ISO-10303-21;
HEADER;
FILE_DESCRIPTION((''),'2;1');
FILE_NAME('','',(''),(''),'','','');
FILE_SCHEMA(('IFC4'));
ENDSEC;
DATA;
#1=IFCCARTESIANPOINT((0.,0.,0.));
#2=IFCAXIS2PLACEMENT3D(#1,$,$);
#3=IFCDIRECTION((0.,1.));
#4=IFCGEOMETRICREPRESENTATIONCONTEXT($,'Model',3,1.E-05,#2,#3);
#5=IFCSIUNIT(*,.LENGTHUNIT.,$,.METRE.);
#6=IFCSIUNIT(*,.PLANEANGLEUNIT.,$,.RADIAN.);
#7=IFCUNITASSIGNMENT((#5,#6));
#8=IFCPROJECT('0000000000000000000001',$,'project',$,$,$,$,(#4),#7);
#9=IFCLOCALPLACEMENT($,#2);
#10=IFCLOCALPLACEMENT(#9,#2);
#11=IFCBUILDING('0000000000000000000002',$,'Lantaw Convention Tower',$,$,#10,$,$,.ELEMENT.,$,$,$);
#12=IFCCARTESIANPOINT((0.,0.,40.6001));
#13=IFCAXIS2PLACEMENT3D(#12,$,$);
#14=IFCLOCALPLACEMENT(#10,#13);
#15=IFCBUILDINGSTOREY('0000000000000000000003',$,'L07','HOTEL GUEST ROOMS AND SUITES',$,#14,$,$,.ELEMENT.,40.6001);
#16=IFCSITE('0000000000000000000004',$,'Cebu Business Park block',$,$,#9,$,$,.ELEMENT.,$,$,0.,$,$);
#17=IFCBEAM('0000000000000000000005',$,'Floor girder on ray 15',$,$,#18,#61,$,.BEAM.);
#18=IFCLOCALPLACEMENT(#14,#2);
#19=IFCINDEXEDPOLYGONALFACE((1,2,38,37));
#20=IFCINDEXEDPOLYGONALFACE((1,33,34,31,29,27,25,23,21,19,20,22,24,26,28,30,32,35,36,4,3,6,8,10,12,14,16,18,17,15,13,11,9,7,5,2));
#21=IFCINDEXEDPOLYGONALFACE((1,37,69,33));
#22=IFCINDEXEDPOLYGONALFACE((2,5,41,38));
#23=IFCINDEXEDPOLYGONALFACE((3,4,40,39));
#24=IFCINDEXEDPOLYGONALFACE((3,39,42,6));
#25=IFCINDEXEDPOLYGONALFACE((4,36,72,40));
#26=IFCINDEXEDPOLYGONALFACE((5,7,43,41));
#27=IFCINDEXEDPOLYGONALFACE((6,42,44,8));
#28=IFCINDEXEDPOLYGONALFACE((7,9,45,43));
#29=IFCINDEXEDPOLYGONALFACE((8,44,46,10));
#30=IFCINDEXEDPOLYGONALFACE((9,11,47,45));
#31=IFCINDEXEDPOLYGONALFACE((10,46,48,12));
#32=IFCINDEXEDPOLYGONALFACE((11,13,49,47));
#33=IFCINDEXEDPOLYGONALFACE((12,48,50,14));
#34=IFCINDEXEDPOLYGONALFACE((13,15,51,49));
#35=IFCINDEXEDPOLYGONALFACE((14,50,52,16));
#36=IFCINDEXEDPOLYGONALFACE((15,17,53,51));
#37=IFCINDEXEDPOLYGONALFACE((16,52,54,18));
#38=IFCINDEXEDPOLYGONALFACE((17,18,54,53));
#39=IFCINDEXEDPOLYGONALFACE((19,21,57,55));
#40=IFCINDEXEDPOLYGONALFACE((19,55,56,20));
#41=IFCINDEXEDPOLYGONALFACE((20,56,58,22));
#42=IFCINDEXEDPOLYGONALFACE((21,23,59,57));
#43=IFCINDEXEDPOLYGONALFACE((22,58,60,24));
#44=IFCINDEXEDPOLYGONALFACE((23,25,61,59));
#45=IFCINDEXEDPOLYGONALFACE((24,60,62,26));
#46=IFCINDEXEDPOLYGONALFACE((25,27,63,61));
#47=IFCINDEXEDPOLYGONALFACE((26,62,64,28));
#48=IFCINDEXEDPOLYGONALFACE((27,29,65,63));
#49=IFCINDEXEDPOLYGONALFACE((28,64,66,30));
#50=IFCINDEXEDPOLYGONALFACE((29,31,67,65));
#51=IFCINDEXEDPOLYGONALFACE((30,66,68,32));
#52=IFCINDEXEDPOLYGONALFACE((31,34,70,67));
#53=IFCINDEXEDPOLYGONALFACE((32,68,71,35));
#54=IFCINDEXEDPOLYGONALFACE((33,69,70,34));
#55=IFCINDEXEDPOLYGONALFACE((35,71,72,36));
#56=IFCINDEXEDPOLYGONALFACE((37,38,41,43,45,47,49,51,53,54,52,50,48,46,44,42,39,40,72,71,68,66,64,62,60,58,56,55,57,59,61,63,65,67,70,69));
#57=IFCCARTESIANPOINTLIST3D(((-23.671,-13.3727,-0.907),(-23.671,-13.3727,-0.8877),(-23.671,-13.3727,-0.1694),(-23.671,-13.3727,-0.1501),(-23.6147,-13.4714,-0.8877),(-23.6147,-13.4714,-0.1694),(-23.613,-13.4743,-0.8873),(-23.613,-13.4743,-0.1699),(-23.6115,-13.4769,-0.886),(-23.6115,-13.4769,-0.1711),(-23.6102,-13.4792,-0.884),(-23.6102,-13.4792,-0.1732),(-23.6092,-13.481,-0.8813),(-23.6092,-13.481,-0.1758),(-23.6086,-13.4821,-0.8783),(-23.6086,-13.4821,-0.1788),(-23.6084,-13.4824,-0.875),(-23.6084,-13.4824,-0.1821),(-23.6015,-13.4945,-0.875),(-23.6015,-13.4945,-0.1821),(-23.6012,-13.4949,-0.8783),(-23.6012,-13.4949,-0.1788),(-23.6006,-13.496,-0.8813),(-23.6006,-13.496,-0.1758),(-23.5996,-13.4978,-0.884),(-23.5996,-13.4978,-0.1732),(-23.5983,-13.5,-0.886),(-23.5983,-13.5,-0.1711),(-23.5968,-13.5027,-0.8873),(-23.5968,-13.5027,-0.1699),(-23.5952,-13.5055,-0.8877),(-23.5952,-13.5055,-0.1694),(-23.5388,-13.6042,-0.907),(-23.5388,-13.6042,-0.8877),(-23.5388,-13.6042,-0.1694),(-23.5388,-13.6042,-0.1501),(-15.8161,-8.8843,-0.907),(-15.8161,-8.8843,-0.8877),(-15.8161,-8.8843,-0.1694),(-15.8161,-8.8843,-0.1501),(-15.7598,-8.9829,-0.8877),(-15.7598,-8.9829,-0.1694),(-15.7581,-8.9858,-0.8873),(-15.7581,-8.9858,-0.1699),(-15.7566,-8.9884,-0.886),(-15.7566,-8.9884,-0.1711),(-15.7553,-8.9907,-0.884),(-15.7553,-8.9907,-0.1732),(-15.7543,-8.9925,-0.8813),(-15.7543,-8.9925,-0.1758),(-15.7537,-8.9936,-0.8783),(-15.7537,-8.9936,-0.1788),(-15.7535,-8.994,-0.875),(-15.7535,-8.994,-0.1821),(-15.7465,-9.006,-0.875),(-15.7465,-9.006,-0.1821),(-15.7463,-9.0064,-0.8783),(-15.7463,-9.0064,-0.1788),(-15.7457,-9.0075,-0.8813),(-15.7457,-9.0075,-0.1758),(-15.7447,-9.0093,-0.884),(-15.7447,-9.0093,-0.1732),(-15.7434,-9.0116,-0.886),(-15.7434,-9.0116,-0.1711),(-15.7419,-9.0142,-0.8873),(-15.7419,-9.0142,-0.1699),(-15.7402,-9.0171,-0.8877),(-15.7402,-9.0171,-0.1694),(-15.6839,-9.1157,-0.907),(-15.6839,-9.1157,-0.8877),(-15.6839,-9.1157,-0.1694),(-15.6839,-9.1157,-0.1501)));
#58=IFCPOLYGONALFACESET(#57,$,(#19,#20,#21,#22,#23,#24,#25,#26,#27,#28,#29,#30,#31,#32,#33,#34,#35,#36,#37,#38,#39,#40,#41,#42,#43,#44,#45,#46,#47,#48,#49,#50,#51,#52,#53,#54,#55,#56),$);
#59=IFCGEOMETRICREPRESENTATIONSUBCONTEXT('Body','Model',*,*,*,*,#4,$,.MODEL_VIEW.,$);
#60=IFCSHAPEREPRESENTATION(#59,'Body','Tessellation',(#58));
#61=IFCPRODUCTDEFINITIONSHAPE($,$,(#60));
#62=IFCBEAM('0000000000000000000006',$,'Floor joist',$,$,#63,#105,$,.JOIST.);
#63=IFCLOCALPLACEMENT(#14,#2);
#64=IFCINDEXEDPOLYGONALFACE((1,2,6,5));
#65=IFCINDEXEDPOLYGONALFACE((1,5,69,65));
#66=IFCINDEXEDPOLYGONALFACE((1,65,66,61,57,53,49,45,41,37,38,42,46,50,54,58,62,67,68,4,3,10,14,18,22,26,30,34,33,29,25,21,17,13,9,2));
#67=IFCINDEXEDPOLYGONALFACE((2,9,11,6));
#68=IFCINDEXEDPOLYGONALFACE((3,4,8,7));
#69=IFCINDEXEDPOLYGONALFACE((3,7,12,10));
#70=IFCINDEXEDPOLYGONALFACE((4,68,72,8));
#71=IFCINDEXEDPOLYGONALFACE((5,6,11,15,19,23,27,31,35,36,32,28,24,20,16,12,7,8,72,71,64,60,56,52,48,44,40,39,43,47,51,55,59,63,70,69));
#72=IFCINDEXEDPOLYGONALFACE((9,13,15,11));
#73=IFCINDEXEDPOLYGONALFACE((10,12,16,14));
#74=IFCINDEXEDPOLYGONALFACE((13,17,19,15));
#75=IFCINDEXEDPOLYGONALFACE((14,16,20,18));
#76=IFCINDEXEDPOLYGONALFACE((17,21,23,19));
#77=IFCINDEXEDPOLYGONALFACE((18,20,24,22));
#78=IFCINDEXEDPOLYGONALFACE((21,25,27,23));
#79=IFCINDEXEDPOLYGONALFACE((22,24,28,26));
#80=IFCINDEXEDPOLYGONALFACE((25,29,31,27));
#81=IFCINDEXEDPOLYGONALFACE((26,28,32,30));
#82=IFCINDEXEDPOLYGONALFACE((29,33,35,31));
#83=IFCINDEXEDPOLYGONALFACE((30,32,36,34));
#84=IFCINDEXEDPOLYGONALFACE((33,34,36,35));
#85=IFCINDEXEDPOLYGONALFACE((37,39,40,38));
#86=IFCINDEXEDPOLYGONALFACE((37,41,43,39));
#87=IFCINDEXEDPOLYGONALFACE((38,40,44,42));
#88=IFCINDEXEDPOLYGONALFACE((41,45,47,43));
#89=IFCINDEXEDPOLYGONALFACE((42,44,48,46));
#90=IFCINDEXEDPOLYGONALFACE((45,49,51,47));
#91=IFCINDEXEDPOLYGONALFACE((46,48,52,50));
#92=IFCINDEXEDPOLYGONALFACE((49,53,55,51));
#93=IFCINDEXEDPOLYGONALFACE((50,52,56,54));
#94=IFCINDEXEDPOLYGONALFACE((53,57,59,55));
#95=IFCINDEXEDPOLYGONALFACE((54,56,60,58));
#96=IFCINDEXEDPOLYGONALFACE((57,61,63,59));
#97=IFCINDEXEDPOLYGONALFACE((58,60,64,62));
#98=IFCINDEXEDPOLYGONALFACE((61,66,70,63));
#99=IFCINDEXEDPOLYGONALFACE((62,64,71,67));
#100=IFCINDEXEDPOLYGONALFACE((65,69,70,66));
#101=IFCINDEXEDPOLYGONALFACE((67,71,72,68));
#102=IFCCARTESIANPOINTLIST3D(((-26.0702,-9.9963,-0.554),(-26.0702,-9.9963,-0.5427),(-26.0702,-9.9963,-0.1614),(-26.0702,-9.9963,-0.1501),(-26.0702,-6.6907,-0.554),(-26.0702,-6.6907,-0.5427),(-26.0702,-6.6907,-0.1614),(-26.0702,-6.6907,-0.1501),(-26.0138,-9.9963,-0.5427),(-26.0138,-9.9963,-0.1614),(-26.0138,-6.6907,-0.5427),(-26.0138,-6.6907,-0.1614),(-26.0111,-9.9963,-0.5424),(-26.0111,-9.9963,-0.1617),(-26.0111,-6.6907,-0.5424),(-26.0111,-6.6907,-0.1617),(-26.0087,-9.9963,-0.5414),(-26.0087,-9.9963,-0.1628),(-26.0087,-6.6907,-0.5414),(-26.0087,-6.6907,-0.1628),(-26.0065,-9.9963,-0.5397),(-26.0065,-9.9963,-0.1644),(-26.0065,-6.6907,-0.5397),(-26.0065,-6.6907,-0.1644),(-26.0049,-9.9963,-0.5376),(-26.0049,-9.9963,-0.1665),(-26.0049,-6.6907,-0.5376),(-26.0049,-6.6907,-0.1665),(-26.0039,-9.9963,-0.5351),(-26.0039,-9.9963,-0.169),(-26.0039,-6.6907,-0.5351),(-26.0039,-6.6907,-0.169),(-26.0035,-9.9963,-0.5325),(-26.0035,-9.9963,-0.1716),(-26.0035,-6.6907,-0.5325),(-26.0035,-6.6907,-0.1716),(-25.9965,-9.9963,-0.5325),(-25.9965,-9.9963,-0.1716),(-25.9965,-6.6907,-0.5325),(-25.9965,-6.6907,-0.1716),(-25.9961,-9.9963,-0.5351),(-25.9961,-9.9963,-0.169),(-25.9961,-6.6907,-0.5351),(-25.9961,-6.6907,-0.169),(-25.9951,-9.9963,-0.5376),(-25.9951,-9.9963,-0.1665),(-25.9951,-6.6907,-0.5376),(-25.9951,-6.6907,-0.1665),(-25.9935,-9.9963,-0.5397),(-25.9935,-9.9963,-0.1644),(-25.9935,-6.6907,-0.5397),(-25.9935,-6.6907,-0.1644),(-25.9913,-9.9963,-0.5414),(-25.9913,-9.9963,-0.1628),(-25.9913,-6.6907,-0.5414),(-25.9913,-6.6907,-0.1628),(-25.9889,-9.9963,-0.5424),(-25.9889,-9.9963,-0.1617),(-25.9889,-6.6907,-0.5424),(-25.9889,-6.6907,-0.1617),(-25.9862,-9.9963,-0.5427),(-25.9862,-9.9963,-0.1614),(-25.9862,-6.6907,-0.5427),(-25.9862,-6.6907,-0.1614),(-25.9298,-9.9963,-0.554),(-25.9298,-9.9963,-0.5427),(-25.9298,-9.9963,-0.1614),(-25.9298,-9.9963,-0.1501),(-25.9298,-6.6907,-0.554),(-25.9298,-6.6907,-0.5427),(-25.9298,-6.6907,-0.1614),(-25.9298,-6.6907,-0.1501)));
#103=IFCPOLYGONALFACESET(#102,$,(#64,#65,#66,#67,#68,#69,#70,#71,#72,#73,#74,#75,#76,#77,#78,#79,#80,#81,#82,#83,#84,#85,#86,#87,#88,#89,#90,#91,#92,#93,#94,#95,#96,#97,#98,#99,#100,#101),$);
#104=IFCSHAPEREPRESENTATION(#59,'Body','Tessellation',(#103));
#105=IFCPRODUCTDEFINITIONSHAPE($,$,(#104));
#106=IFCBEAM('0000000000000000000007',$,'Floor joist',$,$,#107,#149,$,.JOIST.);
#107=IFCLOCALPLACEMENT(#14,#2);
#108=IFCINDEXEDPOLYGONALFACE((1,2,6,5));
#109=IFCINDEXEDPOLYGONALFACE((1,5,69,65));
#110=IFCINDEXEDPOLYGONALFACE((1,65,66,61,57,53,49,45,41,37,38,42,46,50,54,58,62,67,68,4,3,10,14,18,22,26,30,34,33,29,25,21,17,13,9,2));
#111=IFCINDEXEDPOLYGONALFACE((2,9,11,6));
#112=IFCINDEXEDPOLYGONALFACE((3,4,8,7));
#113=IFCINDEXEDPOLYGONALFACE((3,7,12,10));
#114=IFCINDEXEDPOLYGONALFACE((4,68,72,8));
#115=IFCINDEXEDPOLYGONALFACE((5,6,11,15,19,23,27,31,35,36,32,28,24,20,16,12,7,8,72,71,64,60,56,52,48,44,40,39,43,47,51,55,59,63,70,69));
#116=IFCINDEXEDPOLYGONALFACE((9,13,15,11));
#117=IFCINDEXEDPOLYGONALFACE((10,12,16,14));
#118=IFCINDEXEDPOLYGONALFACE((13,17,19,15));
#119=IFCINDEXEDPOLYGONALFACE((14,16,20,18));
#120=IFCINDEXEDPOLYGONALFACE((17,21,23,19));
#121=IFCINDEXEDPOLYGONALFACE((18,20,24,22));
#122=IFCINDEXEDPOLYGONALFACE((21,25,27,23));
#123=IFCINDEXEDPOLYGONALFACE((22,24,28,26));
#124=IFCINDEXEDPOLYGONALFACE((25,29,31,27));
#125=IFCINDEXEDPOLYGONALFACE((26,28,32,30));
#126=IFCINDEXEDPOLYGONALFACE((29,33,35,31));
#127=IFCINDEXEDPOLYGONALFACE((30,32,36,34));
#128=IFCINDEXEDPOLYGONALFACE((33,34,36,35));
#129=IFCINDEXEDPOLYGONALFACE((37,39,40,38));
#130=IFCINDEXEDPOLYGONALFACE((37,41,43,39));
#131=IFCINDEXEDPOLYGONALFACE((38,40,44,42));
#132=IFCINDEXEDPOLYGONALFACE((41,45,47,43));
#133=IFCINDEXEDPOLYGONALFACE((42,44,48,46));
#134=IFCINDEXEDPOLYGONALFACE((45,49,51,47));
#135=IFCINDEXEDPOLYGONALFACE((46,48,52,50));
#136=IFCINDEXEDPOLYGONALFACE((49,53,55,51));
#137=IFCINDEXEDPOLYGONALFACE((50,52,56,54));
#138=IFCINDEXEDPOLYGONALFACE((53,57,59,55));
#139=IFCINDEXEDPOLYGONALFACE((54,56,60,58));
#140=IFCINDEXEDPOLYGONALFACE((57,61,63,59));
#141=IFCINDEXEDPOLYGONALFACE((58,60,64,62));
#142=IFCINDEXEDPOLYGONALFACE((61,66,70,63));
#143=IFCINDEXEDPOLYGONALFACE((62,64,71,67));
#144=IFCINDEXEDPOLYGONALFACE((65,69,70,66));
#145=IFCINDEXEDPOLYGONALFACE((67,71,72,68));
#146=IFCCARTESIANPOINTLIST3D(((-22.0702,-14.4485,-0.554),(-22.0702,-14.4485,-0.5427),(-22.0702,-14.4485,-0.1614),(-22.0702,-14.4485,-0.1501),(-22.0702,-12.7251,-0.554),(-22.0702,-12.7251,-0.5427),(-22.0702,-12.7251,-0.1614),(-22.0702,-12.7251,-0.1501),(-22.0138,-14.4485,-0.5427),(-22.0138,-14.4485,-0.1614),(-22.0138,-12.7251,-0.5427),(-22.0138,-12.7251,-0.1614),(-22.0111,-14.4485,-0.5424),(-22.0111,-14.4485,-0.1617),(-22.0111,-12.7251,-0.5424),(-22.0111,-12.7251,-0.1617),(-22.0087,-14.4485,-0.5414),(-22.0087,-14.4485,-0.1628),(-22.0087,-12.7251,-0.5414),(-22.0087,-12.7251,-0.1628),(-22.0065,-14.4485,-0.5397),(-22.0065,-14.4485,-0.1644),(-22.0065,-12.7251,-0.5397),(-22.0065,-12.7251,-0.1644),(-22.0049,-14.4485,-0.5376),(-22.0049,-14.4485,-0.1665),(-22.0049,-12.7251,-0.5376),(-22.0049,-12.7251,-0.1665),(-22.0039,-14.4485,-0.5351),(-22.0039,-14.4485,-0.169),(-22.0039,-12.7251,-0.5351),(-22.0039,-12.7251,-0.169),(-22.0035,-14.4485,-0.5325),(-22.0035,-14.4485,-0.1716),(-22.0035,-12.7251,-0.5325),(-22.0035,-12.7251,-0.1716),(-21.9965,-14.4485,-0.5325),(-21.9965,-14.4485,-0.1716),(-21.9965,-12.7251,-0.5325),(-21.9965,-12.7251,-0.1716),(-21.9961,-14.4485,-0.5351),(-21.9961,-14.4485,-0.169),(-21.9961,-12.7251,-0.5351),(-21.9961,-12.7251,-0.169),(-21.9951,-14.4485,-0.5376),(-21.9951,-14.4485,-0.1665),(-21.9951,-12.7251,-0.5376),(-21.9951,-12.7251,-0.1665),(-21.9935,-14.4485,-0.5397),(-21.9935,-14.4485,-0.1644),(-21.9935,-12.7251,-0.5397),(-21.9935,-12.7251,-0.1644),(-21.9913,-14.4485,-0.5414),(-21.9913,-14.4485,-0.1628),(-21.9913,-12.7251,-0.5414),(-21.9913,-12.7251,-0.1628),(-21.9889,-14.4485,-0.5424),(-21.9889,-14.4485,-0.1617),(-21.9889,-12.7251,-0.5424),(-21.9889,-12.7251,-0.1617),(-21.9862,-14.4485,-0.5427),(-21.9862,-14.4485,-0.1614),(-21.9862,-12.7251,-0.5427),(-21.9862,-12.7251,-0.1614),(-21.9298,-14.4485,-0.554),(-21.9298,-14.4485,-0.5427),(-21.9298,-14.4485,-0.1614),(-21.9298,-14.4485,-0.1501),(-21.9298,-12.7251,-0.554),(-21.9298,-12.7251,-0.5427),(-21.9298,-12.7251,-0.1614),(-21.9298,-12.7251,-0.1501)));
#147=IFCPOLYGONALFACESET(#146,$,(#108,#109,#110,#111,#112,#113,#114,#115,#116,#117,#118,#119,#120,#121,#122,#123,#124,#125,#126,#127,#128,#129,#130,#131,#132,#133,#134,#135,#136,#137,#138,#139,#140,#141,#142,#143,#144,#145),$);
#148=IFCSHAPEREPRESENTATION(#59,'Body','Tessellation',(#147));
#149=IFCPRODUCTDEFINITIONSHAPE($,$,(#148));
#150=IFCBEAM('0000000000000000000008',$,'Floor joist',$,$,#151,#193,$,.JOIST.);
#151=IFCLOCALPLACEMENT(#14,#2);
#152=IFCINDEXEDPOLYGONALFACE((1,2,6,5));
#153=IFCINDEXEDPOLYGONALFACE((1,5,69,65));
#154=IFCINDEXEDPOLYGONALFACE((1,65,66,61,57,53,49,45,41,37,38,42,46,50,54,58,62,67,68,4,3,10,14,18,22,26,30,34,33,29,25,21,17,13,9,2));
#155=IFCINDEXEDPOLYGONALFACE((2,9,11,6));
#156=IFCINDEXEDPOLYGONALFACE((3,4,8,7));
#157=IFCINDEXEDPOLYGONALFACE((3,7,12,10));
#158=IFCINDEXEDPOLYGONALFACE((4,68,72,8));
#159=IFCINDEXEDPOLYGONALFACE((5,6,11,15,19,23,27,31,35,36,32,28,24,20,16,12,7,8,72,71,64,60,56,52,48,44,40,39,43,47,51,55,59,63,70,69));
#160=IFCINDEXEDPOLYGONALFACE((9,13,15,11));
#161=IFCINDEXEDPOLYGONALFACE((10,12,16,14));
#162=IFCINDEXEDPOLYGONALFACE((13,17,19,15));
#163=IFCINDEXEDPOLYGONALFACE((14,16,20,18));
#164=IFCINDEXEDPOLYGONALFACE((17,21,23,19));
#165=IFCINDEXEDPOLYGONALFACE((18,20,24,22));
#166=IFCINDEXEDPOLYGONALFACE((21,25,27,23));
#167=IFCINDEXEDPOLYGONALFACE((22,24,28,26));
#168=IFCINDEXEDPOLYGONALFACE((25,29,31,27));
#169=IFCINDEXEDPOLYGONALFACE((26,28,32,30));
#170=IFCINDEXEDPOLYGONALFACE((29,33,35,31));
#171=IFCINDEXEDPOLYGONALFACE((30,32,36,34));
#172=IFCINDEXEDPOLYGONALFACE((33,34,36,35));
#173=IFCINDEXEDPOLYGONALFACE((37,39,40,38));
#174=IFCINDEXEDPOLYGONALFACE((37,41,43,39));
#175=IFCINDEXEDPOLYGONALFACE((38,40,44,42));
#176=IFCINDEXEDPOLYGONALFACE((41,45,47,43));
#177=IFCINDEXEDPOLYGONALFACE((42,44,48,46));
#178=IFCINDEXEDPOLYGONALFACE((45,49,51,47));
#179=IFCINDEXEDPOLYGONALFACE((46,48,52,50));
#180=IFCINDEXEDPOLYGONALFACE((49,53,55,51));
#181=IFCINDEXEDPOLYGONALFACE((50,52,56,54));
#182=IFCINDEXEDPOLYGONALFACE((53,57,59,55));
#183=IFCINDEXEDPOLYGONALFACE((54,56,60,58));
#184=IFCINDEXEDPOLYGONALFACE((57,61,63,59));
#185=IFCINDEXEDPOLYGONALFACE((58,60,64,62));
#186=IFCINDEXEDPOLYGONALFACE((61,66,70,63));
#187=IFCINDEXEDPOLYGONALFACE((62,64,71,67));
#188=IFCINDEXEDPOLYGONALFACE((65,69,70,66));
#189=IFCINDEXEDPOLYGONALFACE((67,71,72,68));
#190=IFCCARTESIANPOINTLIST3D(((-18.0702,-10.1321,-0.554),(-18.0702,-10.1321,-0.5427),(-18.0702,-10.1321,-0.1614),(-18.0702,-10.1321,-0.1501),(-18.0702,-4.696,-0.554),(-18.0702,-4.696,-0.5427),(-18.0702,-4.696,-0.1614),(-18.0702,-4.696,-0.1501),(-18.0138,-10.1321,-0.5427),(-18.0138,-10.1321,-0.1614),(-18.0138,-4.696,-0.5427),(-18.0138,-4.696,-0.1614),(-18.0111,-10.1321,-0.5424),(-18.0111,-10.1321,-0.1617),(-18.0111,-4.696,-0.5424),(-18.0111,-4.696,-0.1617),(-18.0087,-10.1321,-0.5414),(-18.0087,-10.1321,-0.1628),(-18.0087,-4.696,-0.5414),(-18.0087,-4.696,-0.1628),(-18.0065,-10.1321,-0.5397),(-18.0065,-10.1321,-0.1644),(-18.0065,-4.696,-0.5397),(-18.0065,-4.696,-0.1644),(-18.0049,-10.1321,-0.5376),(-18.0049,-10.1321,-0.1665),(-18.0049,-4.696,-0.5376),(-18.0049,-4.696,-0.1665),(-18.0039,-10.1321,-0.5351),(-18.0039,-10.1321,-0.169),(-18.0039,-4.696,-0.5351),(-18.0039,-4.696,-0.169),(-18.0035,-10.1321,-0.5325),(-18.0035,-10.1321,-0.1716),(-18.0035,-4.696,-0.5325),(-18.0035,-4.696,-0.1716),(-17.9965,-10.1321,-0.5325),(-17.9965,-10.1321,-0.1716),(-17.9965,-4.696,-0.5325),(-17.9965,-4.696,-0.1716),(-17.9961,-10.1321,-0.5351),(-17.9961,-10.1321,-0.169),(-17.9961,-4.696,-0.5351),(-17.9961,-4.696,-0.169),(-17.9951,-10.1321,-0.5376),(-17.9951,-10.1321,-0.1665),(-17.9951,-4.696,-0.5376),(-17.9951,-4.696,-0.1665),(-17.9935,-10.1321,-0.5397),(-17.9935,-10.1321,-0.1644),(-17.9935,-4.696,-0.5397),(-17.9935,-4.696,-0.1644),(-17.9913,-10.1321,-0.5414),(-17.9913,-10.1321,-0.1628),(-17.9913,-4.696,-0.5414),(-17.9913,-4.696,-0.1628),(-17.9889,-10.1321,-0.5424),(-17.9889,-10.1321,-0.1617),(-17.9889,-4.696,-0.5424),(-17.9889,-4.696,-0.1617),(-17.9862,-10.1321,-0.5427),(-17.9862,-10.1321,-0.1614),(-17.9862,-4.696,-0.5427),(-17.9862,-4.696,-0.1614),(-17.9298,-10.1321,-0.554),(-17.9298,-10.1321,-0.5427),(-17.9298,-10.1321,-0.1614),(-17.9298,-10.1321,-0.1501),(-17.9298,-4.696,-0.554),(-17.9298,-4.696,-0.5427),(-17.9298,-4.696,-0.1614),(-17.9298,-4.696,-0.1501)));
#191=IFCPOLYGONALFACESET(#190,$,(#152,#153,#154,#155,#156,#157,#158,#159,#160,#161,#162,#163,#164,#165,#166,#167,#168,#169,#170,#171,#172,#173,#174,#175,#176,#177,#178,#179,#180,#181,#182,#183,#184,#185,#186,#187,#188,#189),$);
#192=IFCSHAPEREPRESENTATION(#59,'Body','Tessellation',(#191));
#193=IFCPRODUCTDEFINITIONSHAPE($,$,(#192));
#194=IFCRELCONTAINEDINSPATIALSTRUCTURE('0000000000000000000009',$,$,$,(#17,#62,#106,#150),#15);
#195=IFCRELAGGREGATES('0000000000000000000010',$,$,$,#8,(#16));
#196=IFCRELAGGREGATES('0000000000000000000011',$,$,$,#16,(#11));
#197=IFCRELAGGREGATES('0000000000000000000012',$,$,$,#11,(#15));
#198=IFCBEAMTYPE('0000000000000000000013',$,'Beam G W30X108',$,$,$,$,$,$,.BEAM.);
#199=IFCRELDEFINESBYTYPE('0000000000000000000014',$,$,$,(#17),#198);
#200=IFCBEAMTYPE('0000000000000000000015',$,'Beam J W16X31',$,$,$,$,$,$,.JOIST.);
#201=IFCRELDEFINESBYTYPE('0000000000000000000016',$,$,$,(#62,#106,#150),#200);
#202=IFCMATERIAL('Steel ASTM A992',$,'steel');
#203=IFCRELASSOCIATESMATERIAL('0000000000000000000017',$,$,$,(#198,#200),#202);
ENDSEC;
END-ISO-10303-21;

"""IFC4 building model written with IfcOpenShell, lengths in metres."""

from ifc_helpers import new_model, si_unit, direction, frame, origin, origin_2d, place, context, subcontext, project, spatial, i_section, extrude, material, material_profile, profile_set, type_object, element, save


model = new_model("IFC4")

# Units and contexts
model_context = context("Model", 3, precision=1e-05, world=origin(), true_north=direction((0.0, 1.0)))
body_context = subcontext(model_context, "Body", "Model", "MODEL_VIEW")
ifc_project = project(units=[si_unit("LENGTHUNIT", "METRE"), si_unit("PLANEANGLEUNIT", "RADIAN")], contexts=[model_context])

# Site, building, storey
site_placement = place(None, origin())
site = spatial("IfcSite", under=ifc_project, at=site_placement, Name="Cebu Business Park block", CompositionType="ELEMENT", RefElevation=0.0)
building_placement = place(site_placement, origin())
building = spatial("IfcBuilding", under=site, at=building_placement, Name="Lantaw Convention Tower", CompositionType="ELEMENT")
storey_placement = place(building_placement, frame((0.0, 0.0, 40.6001)))
storey = spatial("IfcBuildingStorey", under=building, at=storey_placement, Name="L07", Description="HOTEL GUEST ROOMS AND SUITES", CompositionType="ELEMENT", Elevation=40.6001)

# Beams
ifc_material_1 = material(Name="Steel ASTM A992", Category="steel")
ifc_material_profile_1 = material_profile(ifc_material_1, i_section(OverallWidth=0.2666, OverallDepth=0.7568, WebThickness=0.0139, FlangeThickness=0.0193, FilletRadius=0.0127, at=origin_2d()), Name="W30X108")
ifc_profile_set_1 = profile_set([ifc_material_profile_1], Name="Steel ASTM A992")
beam_type_1 = type_object("IfcBeamType", Name="Beam G W30X108", PredefinedType="BEAM", material=ifc_profile_set_1)
beam_1_placement = place(storey_placement, frame((-15.75, -9.0, -0.5286), z_axis=(-0.868245, -0.496136, 0.0), x_axis=(0.496136, -0.868245, 0.0)))
element("IfcBeam", 1, at=beam_1_placement, inside=storey, type_object=beam_type_1, Name="Floor girder on ray 15", PredefinedType="BEAM", context=body_context, shape_type="SweptSolid", body=[
    extrude(i_section(OverallWidth=0.2666, OverallDepth=0.7568, WebThickness=0.0139, FlangeThickness=0.0193, FilletRadius=0.0127, at=origin_2d()), origin(), (0.0, 0.0, 1.0), 9.0469),
])
ifc_material_profile_2 = material_profile(ifc_material_1, i_section(OverallWidth=0.1404, OverallDepth=0.4038, WebThickness=0.0071, FlangeThickness=0.0112, FilletRadius=0.0103, at=origin_2d()), Name="W16X31")
ifc_profile_set_2 = profile_set([ifc_material_profile_2], Name="Steel ASTM A992")
beam_type_2 = type_object("IfcBeamType", Name="Beam J W16X31", PredefinedType="JOIST", material=ifc_profile_set_2)
beam_2_placement = place(storey_placement, frame((-26.0, -9.9963, -0.3521), z_axis=(0.0, 1.0, 0.0), x_axis=(-1.0, 0.0, 0.0)))
element("IfcBeam", 2, at=beam_2_placement, inside=storey, type_object=beam_type_2, Name="Floor joist", PredefinedType="JOIST", context=body_context, shape_type="SweptSolid", body=[
    extrude(i_section(OverallWidth=0.1404, OverallDepth=0.4038, WebThickness=0.0071, FlangeThickness=0.0112, FilletRadius=0.0103, at=origin_2d()), origin(), (0.0, 0.0, 1.0), 3.3057),
])
beam_3_placement = place(storey_placement, frame((-22.0, -14.4485, -0.3521), z_axis=(0.0, 1.0, 0.0), x_axis=(-1.0, 0.0, 0.0)))
element("IfcBeam", 3, at=beam_3_placement, inside=storey, type_object=beam_type_2, Name="Floor joist", PredefinedType="JOIST", context=body_context, shape_type="SweptSolid", body=[
    extrude(i_section(OverallWidth=0.1404, OverallDepth=0.4038, WebThickness=0.0071, FlangeThickness=0.0112, FilletRadius=0.0103, at=origin_2d()), origin(), (0.0, 0.0, 1.0), 1.7234),
])
beam_4_placement = place(storey_placement, frame((-18.0, -10.1321, -0.3521), z_axis=(0.0, 1.0, 0.0), x_axis=(-1.0, 0.0, 0.0)))
element("IfcBeam", 4, at=beam_4_placement, inside=storey, type_object=beam_type_2, Name="Floor joist", PredefinedType="JOIST", context=body_context, shape_type="SweptSolid", body=[
    extrude(i_section(OverallWidth=0.1404, OverallDepth=0.4038, WebThickness=0.0071, FlangeThickness=0.0112, FilletRadius=0.0103, at=origin_2d()), origin(), (0.0, 0.0, 1.0), 5.436),
])

save(model, "model.ifc")
